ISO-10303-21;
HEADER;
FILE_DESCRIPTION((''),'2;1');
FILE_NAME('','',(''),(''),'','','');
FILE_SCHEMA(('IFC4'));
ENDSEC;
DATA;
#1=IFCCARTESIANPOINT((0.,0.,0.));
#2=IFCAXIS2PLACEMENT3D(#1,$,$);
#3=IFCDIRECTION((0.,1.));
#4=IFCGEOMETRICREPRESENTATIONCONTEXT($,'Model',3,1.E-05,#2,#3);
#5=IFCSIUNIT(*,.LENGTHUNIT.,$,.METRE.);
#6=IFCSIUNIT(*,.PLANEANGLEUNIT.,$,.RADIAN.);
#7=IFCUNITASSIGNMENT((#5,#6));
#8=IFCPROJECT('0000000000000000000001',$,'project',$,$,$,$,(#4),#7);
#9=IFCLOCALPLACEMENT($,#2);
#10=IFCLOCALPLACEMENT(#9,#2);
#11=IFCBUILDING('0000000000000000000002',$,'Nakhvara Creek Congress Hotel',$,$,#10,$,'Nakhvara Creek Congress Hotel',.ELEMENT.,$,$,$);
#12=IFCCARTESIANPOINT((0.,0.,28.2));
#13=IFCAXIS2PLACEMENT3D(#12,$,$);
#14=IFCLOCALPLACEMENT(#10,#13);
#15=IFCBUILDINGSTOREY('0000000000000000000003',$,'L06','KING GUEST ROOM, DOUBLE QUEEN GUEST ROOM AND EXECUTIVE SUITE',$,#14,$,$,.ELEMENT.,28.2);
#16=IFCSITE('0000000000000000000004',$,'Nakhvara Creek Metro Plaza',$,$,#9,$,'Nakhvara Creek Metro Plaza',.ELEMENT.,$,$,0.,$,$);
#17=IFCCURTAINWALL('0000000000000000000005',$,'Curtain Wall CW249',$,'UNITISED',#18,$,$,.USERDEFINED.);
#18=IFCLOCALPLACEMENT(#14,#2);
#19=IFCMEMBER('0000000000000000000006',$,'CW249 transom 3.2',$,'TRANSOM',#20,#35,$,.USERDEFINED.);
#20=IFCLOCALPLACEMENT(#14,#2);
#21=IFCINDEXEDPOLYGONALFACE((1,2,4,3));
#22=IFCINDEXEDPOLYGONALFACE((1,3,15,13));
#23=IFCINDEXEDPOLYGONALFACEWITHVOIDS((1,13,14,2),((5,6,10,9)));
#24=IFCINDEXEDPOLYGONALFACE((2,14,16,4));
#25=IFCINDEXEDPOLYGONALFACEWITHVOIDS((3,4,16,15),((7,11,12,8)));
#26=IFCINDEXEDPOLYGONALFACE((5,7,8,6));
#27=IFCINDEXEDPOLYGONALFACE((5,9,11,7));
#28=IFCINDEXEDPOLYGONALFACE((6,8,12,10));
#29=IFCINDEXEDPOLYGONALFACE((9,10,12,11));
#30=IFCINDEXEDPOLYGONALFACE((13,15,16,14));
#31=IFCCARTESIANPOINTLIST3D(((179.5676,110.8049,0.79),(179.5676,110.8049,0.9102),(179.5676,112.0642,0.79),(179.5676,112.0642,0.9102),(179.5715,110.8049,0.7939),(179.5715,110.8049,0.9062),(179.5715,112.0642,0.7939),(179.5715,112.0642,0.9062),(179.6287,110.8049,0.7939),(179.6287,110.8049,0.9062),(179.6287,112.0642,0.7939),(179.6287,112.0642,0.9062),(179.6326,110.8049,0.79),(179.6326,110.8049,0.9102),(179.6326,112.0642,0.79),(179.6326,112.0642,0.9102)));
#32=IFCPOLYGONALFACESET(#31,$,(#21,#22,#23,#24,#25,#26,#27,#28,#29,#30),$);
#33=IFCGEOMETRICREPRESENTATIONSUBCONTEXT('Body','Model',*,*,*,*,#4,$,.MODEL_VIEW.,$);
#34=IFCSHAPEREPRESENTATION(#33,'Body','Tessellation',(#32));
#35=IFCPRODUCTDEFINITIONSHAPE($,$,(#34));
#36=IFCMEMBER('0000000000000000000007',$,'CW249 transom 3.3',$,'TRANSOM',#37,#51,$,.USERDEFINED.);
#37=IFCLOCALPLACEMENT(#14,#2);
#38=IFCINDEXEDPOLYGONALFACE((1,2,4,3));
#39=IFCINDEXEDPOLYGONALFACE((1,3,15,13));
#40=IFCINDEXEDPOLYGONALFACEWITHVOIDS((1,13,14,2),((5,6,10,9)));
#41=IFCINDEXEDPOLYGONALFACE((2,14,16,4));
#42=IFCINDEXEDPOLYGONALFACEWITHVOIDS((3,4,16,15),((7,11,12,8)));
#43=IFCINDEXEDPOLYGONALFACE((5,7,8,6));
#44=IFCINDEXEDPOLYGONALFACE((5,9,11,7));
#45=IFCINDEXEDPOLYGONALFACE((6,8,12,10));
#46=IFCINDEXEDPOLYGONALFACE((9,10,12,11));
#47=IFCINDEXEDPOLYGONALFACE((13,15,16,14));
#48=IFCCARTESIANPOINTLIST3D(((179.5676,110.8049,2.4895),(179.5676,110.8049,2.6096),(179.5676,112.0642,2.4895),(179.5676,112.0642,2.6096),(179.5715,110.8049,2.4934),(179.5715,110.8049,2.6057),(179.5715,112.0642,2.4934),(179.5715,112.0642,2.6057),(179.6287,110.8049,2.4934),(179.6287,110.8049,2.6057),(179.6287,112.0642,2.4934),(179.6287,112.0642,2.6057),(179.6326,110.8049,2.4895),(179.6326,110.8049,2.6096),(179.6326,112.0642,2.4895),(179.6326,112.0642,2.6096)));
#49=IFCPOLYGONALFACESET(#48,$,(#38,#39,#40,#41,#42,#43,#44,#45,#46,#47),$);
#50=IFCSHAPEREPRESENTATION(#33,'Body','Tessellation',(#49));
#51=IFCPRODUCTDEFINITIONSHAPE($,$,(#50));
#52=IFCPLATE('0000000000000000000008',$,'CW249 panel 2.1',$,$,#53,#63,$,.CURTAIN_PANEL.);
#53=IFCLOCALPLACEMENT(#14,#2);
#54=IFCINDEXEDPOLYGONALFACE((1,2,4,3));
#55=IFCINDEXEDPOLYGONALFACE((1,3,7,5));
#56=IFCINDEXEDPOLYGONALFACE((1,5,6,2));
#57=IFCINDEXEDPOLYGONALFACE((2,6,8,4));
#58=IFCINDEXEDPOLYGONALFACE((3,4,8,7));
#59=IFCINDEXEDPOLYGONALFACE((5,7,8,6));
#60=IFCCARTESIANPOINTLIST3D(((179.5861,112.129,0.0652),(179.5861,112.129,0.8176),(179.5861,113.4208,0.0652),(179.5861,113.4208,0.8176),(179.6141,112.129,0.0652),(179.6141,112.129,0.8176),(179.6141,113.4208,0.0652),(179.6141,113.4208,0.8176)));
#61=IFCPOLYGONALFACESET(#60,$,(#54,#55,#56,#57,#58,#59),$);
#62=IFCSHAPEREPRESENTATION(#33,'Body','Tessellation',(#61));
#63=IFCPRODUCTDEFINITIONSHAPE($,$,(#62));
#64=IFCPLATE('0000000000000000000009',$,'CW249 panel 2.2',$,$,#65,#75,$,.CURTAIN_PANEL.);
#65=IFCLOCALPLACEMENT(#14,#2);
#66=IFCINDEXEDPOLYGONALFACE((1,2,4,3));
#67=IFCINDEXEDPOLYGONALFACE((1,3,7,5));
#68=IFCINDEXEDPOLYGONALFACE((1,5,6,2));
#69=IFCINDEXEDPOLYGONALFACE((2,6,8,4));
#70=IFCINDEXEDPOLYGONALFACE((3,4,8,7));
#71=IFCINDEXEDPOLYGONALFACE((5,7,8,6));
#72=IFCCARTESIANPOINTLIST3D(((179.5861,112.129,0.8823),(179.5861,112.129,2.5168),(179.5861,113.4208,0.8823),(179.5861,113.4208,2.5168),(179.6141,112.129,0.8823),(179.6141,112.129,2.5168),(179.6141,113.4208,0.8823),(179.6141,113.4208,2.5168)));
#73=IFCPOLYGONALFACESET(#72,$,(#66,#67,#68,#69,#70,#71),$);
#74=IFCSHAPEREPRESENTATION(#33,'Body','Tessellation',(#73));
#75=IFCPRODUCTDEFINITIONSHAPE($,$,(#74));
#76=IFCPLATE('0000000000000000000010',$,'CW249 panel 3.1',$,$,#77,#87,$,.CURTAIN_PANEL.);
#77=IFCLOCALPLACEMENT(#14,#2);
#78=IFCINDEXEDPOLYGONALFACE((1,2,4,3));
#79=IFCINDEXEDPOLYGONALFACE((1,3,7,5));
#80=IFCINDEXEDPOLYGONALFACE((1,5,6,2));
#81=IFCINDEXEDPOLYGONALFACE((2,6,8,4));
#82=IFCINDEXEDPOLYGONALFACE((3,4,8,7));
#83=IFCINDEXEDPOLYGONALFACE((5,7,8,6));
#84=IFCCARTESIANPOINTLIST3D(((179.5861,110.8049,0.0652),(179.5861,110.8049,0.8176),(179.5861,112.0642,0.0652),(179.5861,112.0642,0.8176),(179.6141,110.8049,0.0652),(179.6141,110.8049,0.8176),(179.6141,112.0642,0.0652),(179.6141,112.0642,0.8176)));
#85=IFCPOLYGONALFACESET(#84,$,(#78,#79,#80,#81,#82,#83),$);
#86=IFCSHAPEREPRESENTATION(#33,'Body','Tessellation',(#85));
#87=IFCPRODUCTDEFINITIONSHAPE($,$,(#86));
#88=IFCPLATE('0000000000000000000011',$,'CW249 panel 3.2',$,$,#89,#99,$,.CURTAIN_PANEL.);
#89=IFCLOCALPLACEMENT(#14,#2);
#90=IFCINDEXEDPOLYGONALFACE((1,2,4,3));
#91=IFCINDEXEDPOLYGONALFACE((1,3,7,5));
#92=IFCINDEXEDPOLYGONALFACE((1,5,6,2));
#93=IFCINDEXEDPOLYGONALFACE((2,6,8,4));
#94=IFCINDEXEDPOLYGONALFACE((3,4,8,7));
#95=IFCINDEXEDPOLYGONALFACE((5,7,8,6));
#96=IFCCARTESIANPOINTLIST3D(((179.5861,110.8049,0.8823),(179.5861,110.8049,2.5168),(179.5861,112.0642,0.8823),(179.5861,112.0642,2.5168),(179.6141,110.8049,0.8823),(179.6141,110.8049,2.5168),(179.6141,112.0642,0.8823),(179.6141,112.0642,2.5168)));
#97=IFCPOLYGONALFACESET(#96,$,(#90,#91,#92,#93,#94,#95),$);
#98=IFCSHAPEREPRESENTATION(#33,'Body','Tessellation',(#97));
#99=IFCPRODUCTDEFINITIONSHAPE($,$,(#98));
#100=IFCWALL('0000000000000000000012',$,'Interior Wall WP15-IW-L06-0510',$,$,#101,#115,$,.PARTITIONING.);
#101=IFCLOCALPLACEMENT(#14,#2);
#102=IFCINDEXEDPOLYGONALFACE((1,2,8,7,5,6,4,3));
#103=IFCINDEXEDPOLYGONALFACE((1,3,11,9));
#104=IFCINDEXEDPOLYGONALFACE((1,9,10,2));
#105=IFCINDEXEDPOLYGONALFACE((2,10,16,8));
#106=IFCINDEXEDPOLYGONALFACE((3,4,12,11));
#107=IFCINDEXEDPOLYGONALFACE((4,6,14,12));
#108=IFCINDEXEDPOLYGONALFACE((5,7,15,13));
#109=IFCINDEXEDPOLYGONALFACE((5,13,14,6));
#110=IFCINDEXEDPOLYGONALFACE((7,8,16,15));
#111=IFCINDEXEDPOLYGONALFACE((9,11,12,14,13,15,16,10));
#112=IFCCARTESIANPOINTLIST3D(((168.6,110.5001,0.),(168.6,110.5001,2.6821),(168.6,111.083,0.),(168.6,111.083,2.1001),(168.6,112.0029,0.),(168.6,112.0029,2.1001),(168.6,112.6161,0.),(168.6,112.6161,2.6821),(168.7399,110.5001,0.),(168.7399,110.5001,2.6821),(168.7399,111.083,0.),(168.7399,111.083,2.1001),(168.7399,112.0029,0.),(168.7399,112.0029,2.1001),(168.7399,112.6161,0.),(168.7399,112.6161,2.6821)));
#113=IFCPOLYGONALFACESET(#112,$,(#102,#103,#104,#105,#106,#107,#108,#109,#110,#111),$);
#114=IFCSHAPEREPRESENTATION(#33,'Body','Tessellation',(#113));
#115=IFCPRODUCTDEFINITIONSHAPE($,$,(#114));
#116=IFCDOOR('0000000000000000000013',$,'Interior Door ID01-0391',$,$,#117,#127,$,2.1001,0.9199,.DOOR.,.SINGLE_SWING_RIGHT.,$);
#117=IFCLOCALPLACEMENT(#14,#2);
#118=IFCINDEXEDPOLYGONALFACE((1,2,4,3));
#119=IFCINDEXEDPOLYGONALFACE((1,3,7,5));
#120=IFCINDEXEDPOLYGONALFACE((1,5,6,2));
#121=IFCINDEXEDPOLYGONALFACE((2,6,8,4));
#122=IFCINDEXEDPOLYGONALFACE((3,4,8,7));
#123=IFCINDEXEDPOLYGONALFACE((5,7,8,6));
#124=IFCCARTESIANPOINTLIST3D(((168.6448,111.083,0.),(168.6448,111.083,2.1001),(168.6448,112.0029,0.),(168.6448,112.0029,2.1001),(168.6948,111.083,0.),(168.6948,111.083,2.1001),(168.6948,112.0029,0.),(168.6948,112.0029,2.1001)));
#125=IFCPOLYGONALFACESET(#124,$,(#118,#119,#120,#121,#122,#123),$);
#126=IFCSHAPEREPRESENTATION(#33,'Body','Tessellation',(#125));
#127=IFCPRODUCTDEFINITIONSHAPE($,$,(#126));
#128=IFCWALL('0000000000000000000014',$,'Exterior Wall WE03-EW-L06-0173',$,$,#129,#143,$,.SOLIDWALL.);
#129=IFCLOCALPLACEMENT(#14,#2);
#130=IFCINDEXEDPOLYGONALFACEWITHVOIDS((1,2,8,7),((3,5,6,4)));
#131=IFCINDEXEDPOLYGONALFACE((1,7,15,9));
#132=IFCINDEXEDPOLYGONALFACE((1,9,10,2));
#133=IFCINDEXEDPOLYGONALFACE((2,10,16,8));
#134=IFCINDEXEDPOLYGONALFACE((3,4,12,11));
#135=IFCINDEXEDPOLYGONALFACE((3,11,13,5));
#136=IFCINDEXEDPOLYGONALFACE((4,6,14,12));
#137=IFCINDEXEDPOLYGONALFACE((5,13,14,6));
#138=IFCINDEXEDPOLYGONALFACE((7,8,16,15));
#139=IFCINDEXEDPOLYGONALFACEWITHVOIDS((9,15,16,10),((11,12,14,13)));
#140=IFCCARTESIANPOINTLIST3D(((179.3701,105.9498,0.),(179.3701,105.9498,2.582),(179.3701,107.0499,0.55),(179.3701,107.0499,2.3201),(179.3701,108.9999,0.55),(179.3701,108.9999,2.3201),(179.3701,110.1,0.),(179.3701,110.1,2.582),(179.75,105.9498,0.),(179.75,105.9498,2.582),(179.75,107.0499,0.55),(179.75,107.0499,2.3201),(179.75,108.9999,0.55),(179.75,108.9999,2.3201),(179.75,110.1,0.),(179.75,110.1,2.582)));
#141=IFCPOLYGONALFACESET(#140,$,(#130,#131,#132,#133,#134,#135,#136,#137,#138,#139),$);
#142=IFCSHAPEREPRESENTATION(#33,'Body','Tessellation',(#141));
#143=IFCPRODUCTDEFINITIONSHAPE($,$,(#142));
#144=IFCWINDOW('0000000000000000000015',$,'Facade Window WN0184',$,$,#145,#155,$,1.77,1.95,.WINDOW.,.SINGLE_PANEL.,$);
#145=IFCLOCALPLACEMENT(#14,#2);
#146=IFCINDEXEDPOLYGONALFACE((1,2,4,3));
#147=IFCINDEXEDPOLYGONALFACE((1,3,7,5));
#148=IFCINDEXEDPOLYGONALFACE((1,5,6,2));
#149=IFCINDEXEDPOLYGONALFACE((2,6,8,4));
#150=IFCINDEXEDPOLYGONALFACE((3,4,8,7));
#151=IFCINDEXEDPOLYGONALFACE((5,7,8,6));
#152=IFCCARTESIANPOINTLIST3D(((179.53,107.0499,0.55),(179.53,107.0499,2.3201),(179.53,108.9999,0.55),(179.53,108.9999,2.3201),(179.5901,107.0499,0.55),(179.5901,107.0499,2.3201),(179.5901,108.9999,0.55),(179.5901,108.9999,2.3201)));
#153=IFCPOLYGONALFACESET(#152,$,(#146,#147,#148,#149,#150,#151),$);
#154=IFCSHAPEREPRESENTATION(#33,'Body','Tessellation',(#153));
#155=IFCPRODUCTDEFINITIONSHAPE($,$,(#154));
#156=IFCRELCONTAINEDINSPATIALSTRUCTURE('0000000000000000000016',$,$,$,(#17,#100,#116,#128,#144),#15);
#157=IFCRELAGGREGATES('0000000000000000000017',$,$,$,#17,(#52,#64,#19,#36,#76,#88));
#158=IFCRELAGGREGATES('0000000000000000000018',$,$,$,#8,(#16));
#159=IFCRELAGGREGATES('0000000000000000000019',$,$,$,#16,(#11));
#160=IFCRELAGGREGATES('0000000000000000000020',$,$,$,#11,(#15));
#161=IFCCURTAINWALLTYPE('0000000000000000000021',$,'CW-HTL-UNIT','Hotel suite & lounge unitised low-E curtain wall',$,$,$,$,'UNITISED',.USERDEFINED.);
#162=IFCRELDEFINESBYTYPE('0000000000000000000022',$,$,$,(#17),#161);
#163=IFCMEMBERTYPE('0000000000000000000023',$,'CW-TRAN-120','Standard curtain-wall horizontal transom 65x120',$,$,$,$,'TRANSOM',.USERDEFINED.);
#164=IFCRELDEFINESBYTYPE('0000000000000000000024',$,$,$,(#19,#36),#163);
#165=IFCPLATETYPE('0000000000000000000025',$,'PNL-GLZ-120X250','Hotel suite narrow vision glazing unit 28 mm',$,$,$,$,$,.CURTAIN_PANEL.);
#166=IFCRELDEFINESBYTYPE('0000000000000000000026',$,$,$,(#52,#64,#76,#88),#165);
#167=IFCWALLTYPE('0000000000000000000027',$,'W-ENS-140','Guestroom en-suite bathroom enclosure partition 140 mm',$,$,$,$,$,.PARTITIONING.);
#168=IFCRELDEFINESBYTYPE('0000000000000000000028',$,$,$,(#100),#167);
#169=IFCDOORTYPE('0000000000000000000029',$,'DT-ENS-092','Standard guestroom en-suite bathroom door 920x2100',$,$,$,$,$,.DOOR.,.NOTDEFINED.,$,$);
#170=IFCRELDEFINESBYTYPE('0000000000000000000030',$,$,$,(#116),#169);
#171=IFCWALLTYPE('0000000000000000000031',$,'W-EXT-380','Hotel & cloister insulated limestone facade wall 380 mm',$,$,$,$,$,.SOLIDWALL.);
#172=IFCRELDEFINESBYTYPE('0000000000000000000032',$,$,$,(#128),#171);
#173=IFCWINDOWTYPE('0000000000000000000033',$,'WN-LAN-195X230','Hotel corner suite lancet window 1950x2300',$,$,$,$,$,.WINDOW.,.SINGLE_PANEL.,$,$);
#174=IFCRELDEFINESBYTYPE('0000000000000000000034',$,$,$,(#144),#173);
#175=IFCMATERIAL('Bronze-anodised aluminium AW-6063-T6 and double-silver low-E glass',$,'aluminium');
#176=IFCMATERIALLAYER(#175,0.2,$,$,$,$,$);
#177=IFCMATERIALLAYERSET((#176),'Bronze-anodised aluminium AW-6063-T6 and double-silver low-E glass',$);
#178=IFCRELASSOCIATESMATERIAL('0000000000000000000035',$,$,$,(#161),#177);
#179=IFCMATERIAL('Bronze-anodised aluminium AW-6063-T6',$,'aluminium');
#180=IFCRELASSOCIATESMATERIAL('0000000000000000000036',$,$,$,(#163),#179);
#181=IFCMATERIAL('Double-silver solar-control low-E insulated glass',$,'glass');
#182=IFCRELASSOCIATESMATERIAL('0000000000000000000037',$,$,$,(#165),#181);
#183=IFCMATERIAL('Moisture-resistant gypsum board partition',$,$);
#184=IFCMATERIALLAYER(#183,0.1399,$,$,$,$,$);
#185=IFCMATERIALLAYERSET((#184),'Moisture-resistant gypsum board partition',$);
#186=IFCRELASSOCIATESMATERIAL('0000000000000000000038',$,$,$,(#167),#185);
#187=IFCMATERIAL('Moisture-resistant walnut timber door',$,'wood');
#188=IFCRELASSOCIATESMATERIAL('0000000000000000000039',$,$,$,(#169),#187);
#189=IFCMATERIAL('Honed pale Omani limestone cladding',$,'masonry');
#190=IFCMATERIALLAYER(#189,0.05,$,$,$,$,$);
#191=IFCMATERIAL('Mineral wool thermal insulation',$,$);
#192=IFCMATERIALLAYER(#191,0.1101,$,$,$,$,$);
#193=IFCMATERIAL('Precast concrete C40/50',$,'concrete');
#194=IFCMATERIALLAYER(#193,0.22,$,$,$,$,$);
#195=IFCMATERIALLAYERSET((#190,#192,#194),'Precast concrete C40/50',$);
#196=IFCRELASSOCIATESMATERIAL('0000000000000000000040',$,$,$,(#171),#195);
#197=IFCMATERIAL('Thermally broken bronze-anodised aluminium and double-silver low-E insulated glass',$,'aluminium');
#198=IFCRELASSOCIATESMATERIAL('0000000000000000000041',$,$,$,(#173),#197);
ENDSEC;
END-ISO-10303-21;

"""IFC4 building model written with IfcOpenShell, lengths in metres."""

from ifc_helpers import new_model, si_unit, direction, frame, frame_2d, origin, origin_2d, place, context, subcontext, project, spatial, rectangle, hollow_rectangle, extrude, material, layer, layer_set, material_profile, profile_set, type_object, element, fill, aggregate, save


model = new_model("IFC4")

# Units and contexts
model_context = context("Model", 3, precision=1e-05, world=origin(), true_north=direction((0.0, 1.0)))
body_context = subcontext(model_context, "Body", "Model", "MODEL_VIEW")
ifc_project = project(units=[si_unit("LENGTHUNIT", "METRE"), si_unit("PLANEANGLEUNIT", "RADIAN")], contexts=[model_context])

# Site, building, storey
site_placement = place(None, origin())
site = spatial("IfcSite", under=ifc_project, at=site_placement, Name="Nakhvara Creek Metro Plaza", LongName="Nakhvara Creek Metro Plaza", CompositionType="ELEMENT", RefElevation=0.0)
building_placement = place(site_placement, origin())
building = spatial("IfcBuilding", under=site, at=building_placement, Name="Nakhvara Creek Congress Hotel", LongName="Nakhvara Creek Congress Hotel", CompositionType="ELEMENT")
storey_placement = place(building_placement, frame((0.0, 0.0, 28.2)))
storey = spatial("IfcBuildingStorey", under=building, at=storey_placement, Name="L06", Description="KING GUEST ROOM, DOUBLE QUEEN GUEST ROOM AND EXECUTIVE SUITE", CompositionType="ELEMENT", Elevation=28.2)

# Curtain wall, members, plates
ifc_material_1 = material(Name="Bronze-anodised aluminium AW-6063-T6 and double-silver low-E glass", Category="aluminium")
ifc_layer_1 = layer(ifc_material_1, 0.2)
ifc_layer_set_1 = layer_set([ifc_layer_1], Name="Bronze-anodised aluminium AW-6063-T6 and double-silver low-E glass")
curtain_wall_type = type_object("IfcCurtainWallType", Name="CW-HTL-UNIT", Description="Hotel suite & lounge unitised low-E curtain wall", ElementType="UNITISED", PredefinedType="USERDEFINED", material=ifc_layer_set_1)
curtain_wall_placement = place(storey_placement, origin())
curtain_wall = element("IfcCurtainWall", 1, at=curtain_wall_placement, inside=storey, type_object=curtain_wall_type, Name="Curtain Wall CW249", ObjectType="UNITISED", PredefinedType="USERDEFINED")
ifc_material_2 = material(Name="Bronze-anodised aluminium AW-6063-T6", Category="aluminium")
ifc_material_profile_1 = material_profile(ifc_material_2, hollow_rectangle(XDim=0.0649, YDim=0.1201, WallThickness=0.0039, at=origin_2d()), Name="ALU-TRAN 65x120x4", Category="LoadBearing")
ifc_profile_set_1 = profile_set([ifc_material_profile_1], Name="Bronze-anodised aluminium AW-6063-T6")
member_type_1 = type_object("IfcMemberType", Name="CW-TRAN-120", Description="Standard curtain-wall horizontal transom 65x120", ElementType="TRANSOM", PredefinedType="USERDEFINED", material=ifc_profile_set_1)
member_1_placement = place(storey_placement, frame((179.6001, 112.0642, 0.8501), z_axis=(0.0, -1.0, 0.0), x_axis=(1.0, 0.0, 0.0)))
member_1 = element("IfcMember", 2, at=member_1_placement, type_object=member_type_1, Name="CW249 transom 3.2", ObjectType="TRANSOM", PredefinedType="USERDEFINED", context=body_context, shape_type="SweptSolid", body=[
    extrude(hollow_rectangle(XDim=0.0649, YDim=0.1201, WallThickness=0.0039, at=origin_2d()), origin(), (0.0, 0.0, 1.0), 1.2593),
])
member_2_placement = place(storey_placement, frame((179.6001, 112.0642, 2.5496), z_axis=(0.0, -1.0, 0.0), x_axis=(1.0, 0.0, 0.0)))
member_2 = element("IfcMember", 3, at=member_2_placement, type_object=member_type_1, Name="CW249 transom 3.3", ObjectType="TRANSOM", PredefinedType="USERDEFINED", context=body_context, shape_type="SweptSolid", body=[
    extrude(hollow_rectangle(XDim=0.0649, YDim=0.1201, WallThickness=0.0039, at=origin_2d()), origin(), (0.0, 0.0, 1.0), 1.2593),
])
ifc_material_3 = material(Name="Double-silver solar-control low-E insulated glass", Category="glass")
plate_type = type_object("IfcPlateType", Name="PNL-GLZ-120X250", Description="Hotel suite narrow vision glazing unit 28 mm", PredefinedType="CURTAIN_PANEL", material=ifc_material_3)
plate_1_placement = place(storey_placement, frame((179.6001, 112.7749, 0.0652), z_axis=(0.0, 0.0, 1.0), x_axis=(0.0, -1.0, 0.0)))
plate_1 = element("IfcPlate", 4, at=plate_1_placement, type_object=plate_type, Name="CW249 panel 2.1", PredefinedType="CURTAIN_PANEL", context=body_context, shape_type="SweptSolid", body=[
    extrude(rectangle(XDim=1.2917, YDim=0.0281, at=origin_2d()), origin(), (0.0, 0.0, 1.0), 0.7524),
])
plate_2_placement = place(storey_placement, frame((179.6001, 112.7749, 0.8823), z_axis=(0.0, 0.0, 1.0), x_axis=(0.0, -1.0, 0.0)))
plate_2 = element("IfcPlate", 5, at=plate_2_placement, type_object=plate_type, Name="CW249 panel 2.2", PredefinedType="CURTAIN_PANEL", context=body_context, shape_type="SweptSolid", body=[
    extrude(rectangle(XDim=1.2917, YDim=0.0281, at=origin_2d()), origin(), (0.0, 0.0, 1.0), 1.6345),
])
plate_3_placement = place(storey_placement, frame((179.6001, 111.4346, 0.0652), z_axis=(0.0, 0.0, 1.0), x_axis=(0.0, -1.0, 0.0)))
plate_3 = element("IfcPlate", 6, at=plate_3_placement, type_object=plate_type, Name="CW249 panel 3.1", PredefinedType="CURTAIN_PANEL", context=body_context, shape_type="SweptSolid", body=[
    extrude(rectangle(XDim=1.2593, YDim=0.0281, at=origin_2d()), origin(), (0.0, 0.0, 1.0), 0.7524),
])
plate_4_placement = place(storey_placement, frame((179.6001, 111.4346, 0.8823), z_axis=(0.0, 0.0, 1.0), x_axis=(0.0, -1.0, 0.0)))
plate_4 = element("IfcPlate", 7, at=plate_4_placement, type_object=plate_type, Name="CW249 panel 3.2", PredefinedType="CURTAIN_PANEL", context=body_context, shape_type="SweptSolid", body=[
    extrude(rectangle(XDim=1.2593, YDim=0.0281, at=origin_2d()), origin(), (0.0, 0.0, 1.0), 1.6345),
])
aggregate(curtain_wall, [plate_1, plate_2, member_1, member_2, plate_3, plate_4])

# Wall, opening, door
ifc_material_4 = material(Name="Moisture-resistant gypsum board partition")
ifc_layer_2 = layer(ifc_material_4, 0.1399)
ifc_layer_set_2 = layer_set([ifc_layer_2], Name="Moisture-resistant gypsum board partition")
wall_type_1 = type_object("IfcWallType", Name="W-ENS-140", Description="Guestroom en-suite bathroom enclosure partition 140 mm", PredefinedType="PARTITIONING", material=ifc_layer_set_2)
ifc_material_5 = material(Name="Moisture-resistant walnut timber door", Category="wood")
wall_1_placement = place(storey_placement, frame((168.6699, 110.5, 0.0), z_axis=(0.0, 0.0, 1.0), x_axis=(0.0, 1.0, 0.0)))
wall_1 = element("IfcWall", 8, at=wall_1_placement, inside=storey, type_object=wall_type_1, Name="Interior Wall WP15-IW-L06-0510", PredefinedType="PARTITIONING", context=body_context, shape_type="SweptSolid", body=[
    extrude(rectangle(XDim=2.116, YDim=0.1399, at=frame_2d((1.0581, 0.0))), origin(), (0.0, 0.0, 1.0), 2.6821),
])
opening_1_placement = place(wall_1_placement, frame((0.583, 0.0, 0.0)))
opening_1 = element("IfcOpeningElement", 9, at=opening_1_placement, cuts=wall_1, PredefinedType="OPENING", context=body_context, shape_type="SweptSolid", body=[
    extrude(rectangle(XDim=0.9199, YDim=2.1001, at=frame_2d((0.46, 1.05))), frame((0.0, 0.082, 0.0), z_axis=(0.0, -1.0, 0.0), x_axis=(1.0, 0.0, 0.0)), (0.0, 0.0, 1.0), 0.1638),
])
door_type_1 = type_object("IfcDoorType", Name="DT-ENS-092", Description="Standard guestroom en-suite bathroom door 920x2100", OperationType="NOTDEFINED", PredefinedType="DOOR", material=ifc_material_5)
door_1_placement = place(opening_1_placement, frame((0.9199, 0.0, 0.0), z_axis=(0.0, 0.0, 1.0), x_axis=(-1.0, 0.0, 0.0)))
door_1 = element("IfcDoor", 10, at=door_1_placement, inside=storey, type_object=door_type_1, Name="Interior Door ID01-0391", OperationType="SINGLE_SWING_RIGHT", OverallHeight=2.1001, OverallWidth=0.9199, PredefinedType="DOOR", context=body_context, shape_type="SweptSolid", body=[
    extrude(rectangle(XDim=0.9199, YDim=2.1001, at=frame_2d((0.46, 1.05))), frame((0.0, 0.0249, 0.0), z_axis=(0.0, -1.0, 0.0), x_axis=(1.0, 0.0, 0.0)), (0.0, 0.0, 1.0), 0.05),
])
fill(opening_1, door_1)

# Wall, opening, window
ifc_material_6 = material(Name="Honed pale Omani limestone cladding", Category="masonry")
ifc_layer_3 = layer(ifc_material_6, 0.05)
ifc_material_7 = material(Name="Mineral wool thermal insulation")
ifc_layer_4 = layer(ifc_material_7, 0.1101)
ifc_material_8 = material(Name="Precast concrete C40/50", Category="concrete")
ifc_layer_5 = layer(ifc_material_8, 0.22)
ifc_layer_set_3 = layer_set([ifc_layer_3, ifc_layer_4, ifc_layer_5], Name="Precast concrete C40/50")
wall_type_2 = type_object("IfcWallType", Name="W-EXT-380", Description="Hotel & cloister insulated limestone facade wall 380 mm", PredefinedType="SOLIDWALL", material=ifc_layer_set_3)
wall_2_placement = place(storey_placement, frame((179.5601, 110.1001, 0.0), z_axis=(0.0, 0.0, 1.0), x_axis=(0.0, -1.0, 0.0)))
wall_2 = element("IfcWall", 11, at=wall_2_placement, inside=storey, type_object=wall_type_2, Name="Exterior Wall WE03-EW-L06-0173", PredefinedType="SOLIDWALL", context=body_context, shape_type="SweptSolid", body=[
    extrude(rectangle(XDim=4.1501, YDim=0.3799, at=frame_2d((2.0752, 0.0))), origin(), (0.0, 0.0, 1.0), 2.582),
])
opening_2_placement = place(wall_2_placement, frame((1.1001, 0.0, 0.55)))
opening_2 = element("IfcOpeningElement", 12, at=opening_2_placement, cuts=wall_2, PredefinedType="OPENING", context=body_context, shape_type="SweptSolid", body=[
    extrude(rectangle(XDim=1.95, YDim=1.77, at=frame_2d((0.9751, 0.885))), frame((0.0, 0.2019, 0.0), z_axis=(0.0, -1.0, 0.0), x_axis=(1.0, 0.0, 0.0)), (0.0, 0.0, 1.0), 0.4038),
])
ifc_material_9 = material(Name="Thermally broken bronze-anodised aluminium and double-silver low-E insulated glass", Category="aluminium")
window_type = type_object("IfcWindowType", Name="WN-LAN-195X230", Description="Hotel corner suite lancet window 1950x2300", PartitioningType="SINGLE_PANEL", PredefinedType="WINDOW", material=ifc_material_9)
window_placement = place(opening_2_placement, origin())
window = element("IfcWindow", 13, at=window_placement, inside=storey, type_object=window_type, Name="Facade Window WN0184", OverallHeight=1.77, OverallWidth=1.95, PartitioningType="SINGLE_PANEL", PredefinedType="WINDOW", context=body_context, shape_type="SweptSolid", body=[
    extrude(rectangle(XDim=1.95, YDim=1.77, at=frame_2d((0.9751, 0.885))), frame((0.0, 0.03, 0.0), z_axis=(0.0, -1.0, 0.0), x_axis=(1.0, 0.0, 0.0)), (0.0, 0.0, 1.0), 0.0601),
])
fill(opening_2, window)

save(model, "model.ifc")
